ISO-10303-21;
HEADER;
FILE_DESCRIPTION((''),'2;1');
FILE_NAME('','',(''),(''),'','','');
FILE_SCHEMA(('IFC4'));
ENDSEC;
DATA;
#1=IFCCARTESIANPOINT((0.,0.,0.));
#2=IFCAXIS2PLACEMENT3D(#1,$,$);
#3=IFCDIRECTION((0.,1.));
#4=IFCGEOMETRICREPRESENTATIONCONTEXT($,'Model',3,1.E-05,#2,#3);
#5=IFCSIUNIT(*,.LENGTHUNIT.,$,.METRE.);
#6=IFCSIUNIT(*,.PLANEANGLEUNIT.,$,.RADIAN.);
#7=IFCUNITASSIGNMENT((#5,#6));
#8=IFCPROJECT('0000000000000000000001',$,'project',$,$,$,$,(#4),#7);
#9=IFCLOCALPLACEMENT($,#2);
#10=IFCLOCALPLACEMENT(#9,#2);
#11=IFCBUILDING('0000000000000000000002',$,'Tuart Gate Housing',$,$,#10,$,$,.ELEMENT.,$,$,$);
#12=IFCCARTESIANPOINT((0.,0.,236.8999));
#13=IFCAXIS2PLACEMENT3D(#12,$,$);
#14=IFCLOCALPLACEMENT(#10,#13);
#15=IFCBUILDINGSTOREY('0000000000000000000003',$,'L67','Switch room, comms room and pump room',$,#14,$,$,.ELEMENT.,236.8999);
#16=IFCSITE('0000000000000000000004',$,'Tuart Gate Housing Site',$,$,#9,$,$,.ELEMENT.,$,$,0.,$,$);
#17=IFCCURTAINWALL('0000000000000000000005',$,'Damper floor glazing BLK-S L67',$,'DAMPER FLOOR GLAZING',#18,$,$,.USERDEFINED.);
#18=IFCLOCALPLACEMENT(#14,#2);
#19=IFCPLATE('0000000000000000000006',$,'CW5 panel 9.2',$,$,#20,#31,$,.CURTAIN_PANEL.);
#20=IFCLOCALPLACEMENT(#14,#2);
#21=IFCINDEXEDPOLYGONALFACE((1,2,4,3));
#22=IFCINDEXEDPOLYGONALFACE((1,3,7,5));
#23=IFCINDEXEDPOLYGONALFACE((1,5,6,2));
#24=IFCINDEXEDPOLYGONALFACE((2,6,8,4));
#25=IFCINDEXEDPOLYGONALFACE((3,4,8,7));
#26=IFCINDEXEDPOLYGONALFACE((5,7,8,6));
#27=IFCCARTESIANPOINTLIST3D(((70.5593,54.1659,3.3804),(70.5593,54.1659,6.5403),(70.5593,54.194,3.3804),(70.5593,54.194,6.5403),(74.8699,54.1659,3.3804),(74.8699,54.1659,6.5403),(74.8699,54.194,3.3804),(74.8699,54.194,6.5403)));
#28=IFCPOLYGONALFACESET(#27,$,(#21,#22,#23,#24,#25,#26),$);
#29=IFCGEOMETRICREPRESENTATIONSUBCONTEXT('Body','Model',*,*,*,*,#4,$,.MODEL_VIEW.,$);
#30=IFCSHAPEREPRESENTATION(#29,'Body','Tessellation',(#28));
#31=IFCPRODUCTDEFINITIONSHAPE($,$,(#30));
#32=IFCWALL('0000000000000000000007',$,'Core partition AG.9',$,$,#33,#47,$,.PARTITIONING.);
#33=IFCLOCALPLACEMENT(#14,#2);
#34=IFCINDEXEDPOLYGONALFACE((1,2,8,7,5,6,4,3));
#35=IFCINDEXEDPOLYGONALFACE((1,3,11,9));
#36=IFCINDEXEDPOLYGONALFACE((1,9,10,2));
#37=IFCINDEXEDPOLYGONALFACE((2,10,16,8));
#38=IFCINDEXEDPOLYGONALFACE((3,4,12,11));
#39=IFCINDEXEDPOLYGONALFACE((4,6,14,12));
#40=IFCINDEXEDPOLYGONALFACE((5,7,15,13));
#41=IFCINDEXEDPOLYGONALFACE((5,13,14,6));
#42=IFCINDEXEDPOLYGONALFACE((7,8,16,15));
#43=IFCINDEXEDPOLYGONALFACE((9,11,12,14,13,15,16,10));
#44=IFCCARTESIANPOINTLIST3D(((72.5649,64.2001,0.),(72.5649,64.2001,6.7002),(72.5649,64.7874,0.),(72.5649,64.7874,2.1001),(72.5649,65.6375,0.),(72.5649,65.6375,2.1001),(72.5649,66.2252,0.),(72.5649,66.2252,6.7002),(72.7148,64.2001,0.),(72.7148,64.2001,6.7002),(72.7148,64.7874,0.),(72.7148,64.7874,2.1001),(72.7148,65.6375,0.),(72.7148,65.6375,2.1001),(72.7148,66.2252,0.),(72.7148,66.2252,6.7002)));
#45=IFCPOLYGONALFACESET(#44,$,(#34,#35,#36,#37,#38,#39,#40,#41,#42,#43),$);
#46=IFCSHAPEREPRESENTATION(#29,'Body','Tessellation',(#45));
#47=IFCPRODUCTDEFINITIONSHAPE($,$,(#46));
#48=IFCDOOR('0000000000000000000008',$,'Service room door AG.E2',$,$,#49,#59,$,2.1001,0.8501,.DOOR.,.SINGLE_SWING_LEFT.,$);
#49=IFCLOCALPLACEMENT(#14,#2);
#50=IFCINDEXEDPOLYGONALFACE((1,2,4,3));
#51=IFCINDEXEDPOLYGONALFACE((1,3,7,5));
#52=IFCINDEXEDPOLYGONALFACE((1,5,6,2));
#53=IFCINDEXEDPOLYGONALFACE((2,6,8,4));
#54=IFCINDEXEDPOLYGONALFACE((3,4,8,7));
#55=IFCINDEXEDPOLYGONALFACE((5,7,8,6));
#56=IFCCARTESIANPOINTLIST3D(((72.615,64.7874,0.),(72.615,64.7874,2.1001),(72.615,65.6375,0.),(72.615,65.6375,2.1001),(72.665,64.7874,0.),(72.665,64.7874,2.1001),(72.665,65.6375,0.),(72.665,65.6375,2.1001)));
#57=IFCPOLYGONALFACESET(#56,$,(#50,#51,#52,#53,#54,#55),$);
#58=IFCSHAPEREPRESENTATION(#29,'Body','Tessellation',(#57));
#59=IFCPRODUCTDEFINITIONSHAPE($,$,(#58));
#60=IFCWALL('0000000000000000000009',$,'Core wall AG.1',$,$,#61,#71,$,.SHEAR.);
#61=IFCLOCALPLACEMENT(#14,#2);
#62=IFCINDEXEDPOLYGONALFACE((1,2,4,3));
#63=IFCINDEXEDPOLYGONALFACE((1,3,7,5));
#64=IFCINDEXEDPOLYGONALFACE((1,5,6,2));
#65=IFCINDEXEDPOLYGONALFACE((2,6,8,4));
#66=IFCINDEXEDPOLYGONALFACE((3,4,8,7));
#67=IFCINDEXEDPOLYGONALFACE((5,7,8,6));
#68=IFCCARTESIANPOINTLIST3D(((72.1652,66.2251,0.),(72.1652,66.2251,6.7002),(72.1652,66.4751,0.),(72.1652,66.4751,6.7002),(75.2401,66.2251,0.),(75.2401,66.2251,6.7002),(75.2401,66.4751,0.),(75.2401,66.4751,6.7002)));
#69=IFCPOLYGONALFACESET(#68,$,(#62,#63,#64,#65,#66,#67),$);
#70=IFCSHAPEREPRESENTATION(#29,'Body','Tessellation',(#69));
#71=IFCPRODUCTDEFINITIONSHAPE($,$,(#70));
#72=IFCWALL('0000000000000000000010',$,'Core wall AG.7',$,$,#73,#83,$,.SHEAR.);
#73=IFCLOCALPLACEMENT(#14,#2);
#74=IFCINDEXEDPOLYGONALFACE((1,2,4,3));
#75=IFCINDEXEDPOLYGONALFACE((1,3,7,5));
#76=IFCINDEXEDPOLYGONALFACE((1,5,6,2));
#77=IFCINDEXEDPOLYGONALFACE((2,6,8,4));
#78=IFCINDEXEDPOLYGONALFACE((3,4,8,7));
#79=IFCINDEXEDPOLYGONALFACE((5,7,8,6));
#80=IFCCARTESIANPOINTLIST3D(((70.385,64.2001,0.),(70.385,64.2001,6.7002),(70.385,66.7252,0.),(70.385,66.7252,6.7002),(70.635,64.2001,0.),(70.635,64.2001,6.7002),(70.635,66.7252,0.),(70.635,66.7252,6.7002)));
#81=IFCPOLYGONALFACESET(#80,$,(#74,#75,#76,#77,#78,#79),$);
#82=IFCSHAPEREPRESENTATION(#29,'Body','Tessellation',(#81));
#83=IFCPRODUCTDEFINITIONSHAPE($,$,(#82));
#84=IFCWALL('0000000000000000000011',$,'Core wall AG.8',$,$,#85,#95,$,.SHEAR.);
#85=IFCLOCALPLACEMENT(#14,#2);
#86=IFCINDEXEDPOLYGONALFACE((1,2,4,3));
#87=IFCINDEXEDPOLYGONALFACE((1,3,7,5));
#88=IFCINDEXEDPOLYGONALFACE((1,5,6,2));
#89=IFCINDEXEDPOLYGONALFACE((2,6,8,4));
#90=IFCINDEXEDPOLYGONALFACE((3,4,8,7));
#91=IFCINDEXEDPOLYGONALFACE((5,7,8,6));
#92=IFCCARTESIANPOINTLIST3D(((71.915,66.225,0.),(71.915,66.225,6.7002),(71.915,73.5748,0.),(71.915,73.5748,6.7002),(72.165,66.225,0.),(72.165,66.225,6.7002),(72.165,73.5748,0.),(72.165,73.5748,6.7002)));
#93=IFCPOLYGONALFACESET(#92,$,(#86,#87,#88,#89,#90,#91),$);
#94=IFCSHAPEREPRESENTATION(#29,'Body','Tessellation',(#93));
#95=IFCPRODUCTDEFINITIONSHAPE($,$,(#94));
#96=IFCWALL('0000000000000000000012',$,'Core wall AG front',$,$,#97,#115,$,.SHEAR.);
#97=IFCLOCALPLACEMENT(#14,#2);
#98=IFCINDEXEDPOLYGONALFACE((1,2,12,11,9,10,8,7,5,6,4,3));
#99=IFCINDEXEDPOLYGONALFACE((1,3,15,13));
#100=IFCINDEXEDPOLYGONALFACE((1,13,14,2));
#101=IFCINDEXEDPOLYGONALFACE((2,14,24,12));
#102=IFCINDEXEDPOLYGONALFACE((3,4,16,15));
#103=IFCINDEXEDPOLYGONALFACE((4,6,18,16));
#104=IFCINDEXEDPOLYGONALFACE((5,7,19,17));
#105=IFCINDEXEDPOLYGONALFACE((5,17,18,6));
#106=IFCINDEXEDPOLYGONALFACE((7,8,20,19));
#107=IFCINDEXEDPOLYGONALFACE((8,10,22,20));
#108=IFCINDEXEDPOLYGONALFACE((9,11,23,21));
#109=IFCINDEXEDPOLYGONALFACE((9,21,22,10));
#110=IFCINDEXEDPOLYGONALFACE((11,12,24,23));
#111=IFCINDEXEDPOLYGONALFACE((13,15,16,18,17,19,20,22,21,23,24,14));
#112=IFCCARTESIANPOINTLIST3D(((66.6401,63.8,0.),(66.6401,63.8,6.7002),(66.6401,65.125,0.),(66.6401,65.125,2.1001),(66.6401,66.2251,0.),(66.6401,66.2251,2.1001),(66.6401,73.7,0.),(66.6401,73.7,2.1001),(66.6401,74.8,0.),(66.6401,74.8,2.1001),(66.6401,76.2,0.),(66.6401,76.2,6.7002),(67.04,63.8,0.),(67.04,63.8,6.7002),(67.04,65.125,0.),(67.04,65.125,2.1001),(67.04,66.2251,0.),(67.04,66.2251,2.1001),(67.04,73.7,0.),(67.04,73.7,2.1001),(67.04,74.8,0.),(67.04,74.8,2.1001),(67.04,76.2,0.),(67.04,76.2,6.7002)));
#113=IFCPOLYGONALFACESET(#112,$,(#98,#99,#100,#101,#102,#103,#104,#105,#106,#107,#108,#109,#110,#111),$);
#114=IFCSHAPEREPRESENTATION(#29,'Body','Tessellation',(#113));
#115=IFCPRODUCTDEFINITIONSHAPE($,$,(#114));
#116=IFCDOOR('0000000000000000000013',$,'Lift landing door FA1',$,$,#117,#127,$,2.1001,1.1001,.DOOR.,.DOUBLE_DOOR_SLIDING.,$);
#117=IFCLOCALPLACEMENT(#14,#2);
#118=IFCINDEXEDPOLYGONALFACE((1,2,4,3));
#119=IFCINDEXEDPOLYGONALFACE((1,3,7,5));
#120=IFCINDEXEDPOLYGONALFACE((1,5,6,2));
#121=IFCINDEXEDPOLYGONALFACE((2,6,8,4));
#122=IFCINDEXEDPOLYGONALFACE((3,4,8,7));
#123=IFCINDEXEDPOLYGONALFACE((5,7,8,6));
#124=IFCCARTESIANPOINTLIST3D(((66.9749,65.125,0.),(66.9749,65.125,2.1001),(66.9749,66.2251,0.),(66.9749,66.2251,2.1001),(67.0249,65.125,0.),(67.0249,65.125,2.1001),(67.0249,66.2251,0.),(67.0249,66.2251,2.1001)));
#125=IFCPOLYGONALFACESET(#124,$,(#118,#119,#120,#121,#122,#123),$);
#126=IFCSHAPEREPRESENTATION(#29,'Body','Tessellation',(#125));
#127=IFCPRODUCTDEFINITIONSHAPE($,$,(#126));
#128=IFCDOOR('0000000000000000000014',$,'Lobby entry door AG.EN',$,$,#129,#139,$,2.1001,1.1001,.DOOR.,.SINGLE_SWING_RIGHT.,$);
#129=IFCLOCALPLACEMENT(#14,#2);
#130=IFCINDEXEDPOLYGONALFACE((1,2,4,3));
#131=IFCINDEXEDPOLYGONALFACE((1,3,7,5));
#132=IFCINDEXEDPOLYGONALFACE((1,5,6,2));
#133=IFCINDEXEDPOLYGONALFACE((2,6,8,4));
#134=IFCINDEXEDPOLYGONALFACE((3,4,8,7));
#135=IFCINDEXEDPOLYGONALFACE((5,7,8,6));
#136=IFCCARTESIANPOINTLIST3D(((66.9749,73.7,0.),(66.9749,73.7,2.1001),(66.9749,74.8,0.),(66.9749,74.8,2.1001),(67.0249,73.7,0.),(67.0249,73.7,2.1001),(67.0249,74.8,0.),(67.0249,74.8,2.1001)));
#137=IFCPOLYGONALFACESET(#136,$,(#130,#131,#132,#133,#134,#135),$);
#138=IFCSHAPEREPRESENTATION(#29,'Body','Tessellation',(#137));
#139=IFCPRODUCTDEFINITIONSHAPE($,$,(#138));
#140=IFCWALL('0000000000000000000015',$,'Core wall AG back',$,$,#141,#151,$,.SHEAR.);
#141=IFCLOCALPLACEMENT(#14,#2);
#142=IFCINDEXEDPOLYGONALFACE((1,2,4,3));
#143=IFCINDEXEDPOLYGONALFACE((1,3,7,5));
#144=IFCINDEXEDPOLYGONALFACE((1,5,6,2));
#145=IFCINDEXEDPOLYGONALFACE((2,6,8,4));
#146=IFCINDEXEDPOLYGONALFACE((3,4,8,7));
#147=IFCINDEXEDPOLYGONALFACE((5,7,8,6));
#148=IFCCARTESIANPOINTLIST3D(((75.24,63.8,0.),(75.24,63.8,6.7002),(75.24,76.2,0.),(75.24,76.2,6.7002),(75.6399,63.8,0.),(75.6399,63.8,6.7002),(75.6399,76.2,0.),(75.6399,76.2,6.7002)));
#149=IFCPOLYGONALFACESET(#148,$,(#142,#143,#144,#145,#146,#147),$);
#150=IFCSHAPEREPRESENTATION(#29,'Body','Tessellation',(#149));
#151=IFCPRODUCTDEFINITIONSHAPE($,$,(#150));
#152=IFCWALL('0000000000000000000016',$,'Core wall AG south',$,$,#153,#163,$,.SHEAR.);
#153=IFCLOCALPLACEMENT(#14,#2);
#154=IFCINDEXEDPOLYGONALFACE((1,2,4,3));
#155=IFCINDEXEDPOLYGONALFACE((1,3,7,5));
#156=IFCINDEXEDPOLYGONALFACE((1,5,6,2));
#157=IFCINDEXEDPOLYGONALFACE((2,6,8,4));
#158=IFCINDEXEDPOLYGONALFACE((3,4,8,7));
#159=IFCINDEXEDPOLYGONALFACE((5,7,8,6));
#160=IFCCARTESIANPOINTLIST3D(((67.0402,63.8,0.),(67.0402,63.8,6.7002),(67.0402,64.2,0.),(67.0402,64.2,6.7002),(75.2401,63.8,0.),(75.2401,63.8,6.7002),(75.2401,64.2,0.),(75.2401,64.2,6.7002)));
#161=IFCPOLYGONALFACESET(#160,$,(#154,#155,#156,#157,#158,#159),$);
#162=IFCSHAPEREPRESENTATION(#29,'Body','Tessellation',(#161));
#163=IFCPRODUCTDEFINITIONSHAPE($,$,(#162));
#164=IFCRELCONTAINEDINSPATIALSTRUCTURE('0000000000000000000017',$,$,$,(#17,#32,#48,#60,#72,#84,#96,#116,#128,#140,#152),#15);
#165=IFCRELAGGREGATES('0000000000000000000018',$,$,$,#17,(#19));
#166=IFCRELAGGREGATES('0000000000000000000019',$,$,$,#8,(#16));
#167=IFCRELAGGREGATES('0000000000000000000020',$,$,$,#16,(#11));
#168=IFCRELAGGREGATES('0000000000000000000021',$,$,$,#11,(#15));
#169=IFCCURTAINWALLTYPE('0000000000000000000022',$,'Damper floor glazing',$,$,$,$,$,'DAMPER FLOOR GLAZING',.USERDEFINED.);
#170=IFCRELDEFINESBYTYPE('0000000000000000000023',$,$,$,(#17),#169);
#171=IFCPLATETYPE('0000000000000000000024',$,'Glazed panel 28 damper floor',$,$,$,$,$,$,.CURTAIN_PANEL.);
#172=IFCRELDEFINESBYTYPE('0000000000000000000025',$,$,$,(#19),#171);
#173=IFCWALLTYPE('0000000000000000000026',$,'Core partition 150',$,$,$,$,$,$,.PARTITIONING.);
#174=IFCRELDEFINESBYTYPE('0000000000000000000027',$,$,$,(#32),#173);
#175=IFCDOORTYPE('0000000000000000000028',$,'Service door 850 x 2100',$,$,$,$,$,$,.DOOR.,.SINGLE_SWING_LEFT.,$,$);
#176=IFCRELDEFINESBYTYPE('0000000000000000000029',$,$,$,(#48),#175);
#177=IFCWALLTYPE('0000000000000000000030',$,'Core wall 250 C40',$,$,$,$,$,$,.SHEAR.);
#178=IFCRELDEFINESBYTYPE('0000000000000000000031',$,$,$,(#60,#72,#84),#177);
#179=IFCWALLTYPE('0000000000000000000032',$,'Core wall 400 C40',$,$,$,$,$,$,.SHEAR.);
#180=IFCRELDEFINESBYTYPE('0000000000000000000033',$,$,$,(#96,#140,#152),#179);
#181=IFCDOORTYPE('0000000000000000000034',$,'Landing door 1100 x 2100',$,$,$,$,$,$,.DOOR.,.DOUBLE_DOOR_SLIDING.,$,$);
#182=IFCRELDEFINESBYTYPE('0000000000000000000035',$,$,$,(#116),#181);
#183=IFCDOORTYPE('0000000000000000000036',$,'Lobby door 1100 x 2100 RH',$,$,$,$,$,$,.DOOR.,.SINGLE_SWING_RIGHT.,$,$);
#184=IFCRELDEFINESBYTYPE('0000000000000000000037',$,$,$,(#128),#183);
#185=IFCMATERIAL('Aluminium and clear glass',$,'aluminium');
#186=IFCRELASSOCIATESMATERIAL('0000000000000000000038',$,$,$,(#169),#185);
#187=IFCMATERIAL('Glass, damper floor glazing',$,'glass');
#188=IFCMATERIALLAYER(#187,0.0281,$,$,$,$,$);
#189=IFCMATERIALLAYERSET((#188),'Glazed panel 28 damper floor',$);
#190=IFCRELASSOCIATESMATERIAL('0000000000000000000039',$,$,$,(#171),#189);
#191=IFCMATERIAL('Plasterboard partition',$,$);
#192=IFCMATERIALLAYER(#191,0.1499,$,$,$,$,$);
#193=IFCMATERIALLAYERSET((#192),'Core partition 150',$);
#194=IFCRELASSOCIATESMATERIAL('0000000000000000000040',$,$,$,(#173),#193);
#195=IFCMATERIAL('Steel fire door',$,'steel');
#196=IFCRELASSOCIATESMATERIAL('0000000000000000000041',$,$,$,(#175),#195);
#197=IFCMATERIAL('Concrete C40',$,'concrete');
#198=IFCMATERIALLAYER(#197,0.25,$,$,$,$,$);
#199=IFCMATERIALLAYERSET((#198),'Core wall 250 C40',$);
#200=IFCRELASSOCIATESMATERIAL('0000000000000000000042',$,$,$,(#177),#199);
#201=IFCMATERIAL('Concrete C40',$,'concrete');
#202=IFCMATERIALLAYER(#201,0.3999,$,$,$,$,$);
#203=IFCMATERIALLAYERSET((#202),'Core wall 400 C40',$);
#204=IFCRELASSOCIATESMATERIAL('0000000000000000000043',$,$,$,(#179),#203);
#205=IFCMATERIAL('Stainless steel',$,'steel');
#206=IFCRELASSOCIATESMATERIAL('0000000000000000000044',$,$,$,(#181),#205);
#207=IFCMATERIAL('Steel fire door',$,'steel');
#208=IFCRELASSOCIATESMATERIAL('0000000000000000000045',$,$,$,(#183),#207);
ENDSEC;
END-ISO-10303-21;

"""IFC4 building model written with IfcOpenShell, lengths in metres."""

from ifc_helpers import new_model, si_unit, direction, frame, frame_2d, origin, origin_2d, place, context, subcontext, project, spatial, rectangle, extrude, material, layer, layer_set, type_object, element, fill, aggregate, save


model = new_model("IFC4")

# Units and contexts
model_context = context("Model", 3, precision=1e-05, world=origin(), true_north=direction((0.0, 1.0)))
body_context = subcontext(model_context, "Body", "Model", "MODEL_VIEW")
ifc_project = project(units=[si_unit("LENGTHUNIT", "METRE"), si_unit("PLANEANGLEUNIT", "RADIAN")], contexts=[model_context])

# Site, building, storey
site_placement = place(None, origin())
site = spatial("IfcSite", under=ifc_project, at=site_placement, Name="Tuart Gate Housing Site", CompositionType="ELEMENT", RefElevation=0.0)
building_placement = place(site_placement, origin())
building = spatial("IfcBuilding", under=site, at=building_placement, Name="Tuart Gate Housing", CompositionType="ELEMENT")
storey_placement = place(building_placement, frame((0.0, 0.0, 236.8999)))
storey = spatial("IfcBuildingStorey", under=building, at=storey_placement, Name="L67", Description="Switch room, comms room and pump room", CompositionType="ELEMENT", Elevation=236.8999)

# Curtain wall, plate
ifc_material_1 = material(Name="Aluminium and clear glass", Category="aluminium")
curtain_wall_type = type_object("IfcCurtainWallType", Name="Damper floor glazing", ElementType="DAMPER FLOOR GLAZING", PredefinedType="USERDEFINED", material=ifc_material_1)
curtain_wall_placement = place(storey_placement, origin())
curtain_wall = element("IfcCurtainWall", 1, at=curtain_wall_placement, inside=storey, type_object=curtain_wall_type, Name="Damper floor glazing BLK-S L67", ObjectType="DAMPER FLOOR GLAZING", PredefinedType="USERDEFINED")
ifc_material_2 = material(Name="Glass, damper floor glazing", Category="glass")
ifc_layer_1 = layer(ifc_material_2, 0.0281)
ifc_layer_set_1 = layer_set([ifc_layer_1], Name="Glazed panel 28 damper floor")
plate_type = type_object("IfcPlateType", Name="Glazed panel 28 damper floor", PredefinedType="CURTAIN_PANEL", material=ifc_layer_set_1)
plate_1_placement = place(storey_placement, frame((72.7146, 54.1799, 3.3804), z_axis=(0.0, 0.0, 1.0), x_axis=(1.0, 0.0, 0.0)))
plate_1 = element("IfcPlate", 2, at=plate_1_placement, type_object=plate_type, Name="CW5 panel 9.2", PredefinedType="CURTAIN_PANEL", context=body_context, shape_type="SweptSolid", body=[
    extrude(rectangle(XDim=4.3105, YDim=0.0281, at=origin_2d()), origin(), (0.0, 0.0, 1.0), 3.1599),
])
aggregate(curtain_wall, [plate_1])

# Wall, opening, door
ifc_material_3 = material(Name="Plasterboard partition")
ifc_layer_2 = layer(ifc_material_3, 0.1499)
ifc_layer_set_2 = layer_set([ifc_layer_2], Name="Core partition 150")
wall_type_1 = type_object("IfcWallType", Name="Core partition 150", PredefinedType="PARTITIONING", material=ifc_layer_set_2)
wall_1_placement = place(storey_placement, frame((72.6399, 64.2, 0.0), z_axis=(0.0, 0.0, 1.0), x_axis=(0.0, 1.0, 0.0)))
wall_1 = element("IfcWall", 3, at=wall_1_placement, inside=storey, type_object=wall_type_1, Name="Core partition AG.9", PredefinedType="PARTITIONING", context=body_context, shape_type="SweptSolid", body=[
    extrude(rectangle(XDim=2.0251, YDim=0.1499, at=frame_2d((1.0127, 0.0))), origin(), (0.0, 0.0, 1.0), 6.7002),
])
opening_1_placement = place(wall_1_placement, frame((0.5874, 0.0, 0.0)))
opening_1 = element("IfcOpeningElement", 4, at=opening_1_placement, cuts=wall_1, PredefinedType="OPENING", context=body_context, shape_type="SweptSolid", body=[
    extrude(rectangle(XDim=0.8501, YDim=2.1001, at=frame_2d((0.425, 1.05))), frame((0.0, 0.085, 0.0), z_axis=(0.0, -1.0, 0.0), x_axis=(1.0, 0.0, 0.0)), (0.0, 0.0, 1.0), 0.1699),
])
ifc_material_4 = material(Name="Steel fire door", Category="steel")
door_type_1 = type_object("IfcDoorType", Name="Service door 850 x 2100", OperationType="SINGLE_SWING_LEFT", PredefinedType="DOOR", material=ifc_material_4)
door_1_placement = place(opening_1_placement, origin())
door_1 = element("IfcDoor", 5, at=door_1_placement, inside=storey, type_object=door_type_1, Name="Service room door AG.E2", OperationType="SINGLE_SWING_LEFT", OverallHeight=2.1001, OverallWidth=0.8501, PredefinedType="DOOR", context=body_context, shape_type="SweptSolid", body=[
    extrude(rectangle(XDim=0.8501, YDim=2.1001, at=frame_2d((0.425, 1.05))), frame((0.0, 0.0249, 0.0), z_axis=(0.0, -1.0, 0.0), x_axis=(1.0, 0.0, 0.0)), (0.0, 0.0, 1.0), 0.05),
])
fill(opening_1, door_1)

# Walls
ifc_material_5 = material(Name="Concrete C40", Category="concrete")
ifc_layer_3 = layer(ifc_material_5, 0.25)
ifc_layer_set_3 = layer_set([ifc_layer_3], Name="Core wall 250 C40")
wall_type_2 = type_object("IfcWallType", Name="Core wall 250 C40", PredefinedType="SHEAR", material=ifc_layer_set_3)
wall_2_placement = place(storey_placement, frame((72.165, 66.3501, 0.0), z_axis=(0.0, 0.0, 1.0), x_axis=(1.0, 0.0, 0.0)))
element("IfcWall", 6, at=wall_2_placement, inside=storey, type_object=wall_type_2, Name="Core wall AG.1", PredefinedType="SHEAR", context=body_context, shape_type="SweptSolid", body=[
    extrude(rectangle(XDim=3.075, YDim=0.25, at=frame_2d((1.5376, 0.0))), origin(), (0.0, 0.0, 1.0), 6.7002),
])
wall_3_placement = place(storey_placement, frame((70.51, 64.2, 0.0), z_axis=(0.0, 0.0, 1.0), x_axis=(0.0, 1.0, 0.0)))
element("IfcWall", 7, at=wall_3_placement, inside=storey, type_object=wall_type_2, Name="Core wall AG.7", PredefinedType="SHEAR", context=body_context, shape_type="SweptSolid", body=[
    extrude(rectangle(XDim=2.5251, YDim=0.25, at=frame_2d((1.2627, 0.0))), origin(), (0.0, 0.0, 1.0), 6.7002),
])
wall_4_placement = place(storey_placement, frame((72.04, 66.2251, 0.0), z_axis=(0.0, 0.0, 1.0), x_axis=(0.0, 1.0, 0.0)))
element("IfcWall", 8, at=wall_4_placement, inside=storey, type_object=wall_type_2, Name="Core wall AG.8", PredefinedType="SHEAR", context=body_context, shape_type="SweptSolid", body=[
    extrude(rectangle(XDim=7.3499, YDim=0.25, at=frame_2d((3.6748, 0.0))), origin(), (0.0, 0.0, 1.0), 6.7002),
])

# Wall, openings, doors
ifc_material_6 = material(Name="Concrete C40", Category="concrete")
ifc_layer_4 = layer(ifc_material_6, 0.3999)
ifc_layer_set_4 = layer_set([ifc_layer_4], Name="Core wall 400 C40")
wall_type_3 = type_object("IfcWallType", Name="Core wall 400 C40", PredefinedType="SHEAR", material=ifc_layer_set_4)
wall_5_placement = place(storey_placement, frame((66.8401, 63.8, 0.0), z_axis=(0.0, 0.0, 1.0), x_axis=(0.0, 1.0, 0.0)))
wall_5 = element("IfcWall", 9, at=wall_5_placement, inside=storey, type_object=wall_type_3, Name="Core wall AG front", PredefinedType="SHEAR", context=body_context, shape_type="SweptSolid", body=[
    extrude(rectangle(XDim=12.3999, YDim=0.3999, at=frame_2d((6.2, 0.0))), origin(), (0.0, 0.0, 1.0), 6.7002),
])
opening_2_placement = place(wall_5_placement, frame((1.325, 0.0, 0.0)))
opening_2 = element("IfcOpeningElement", 10, at=opening_2_placement, cuts=wall_5, PredefinedType="OPENING", context=body_context, shape_type="SweptSolid", body=[
    extrude(rectangle(XDim=1.1001, YDim=2.1001, at=frame_2d((0.55, 1.05))), frame((0.0, 0.21, 0.0), z_axis=(0.0, -1.0, 0.0), x_axis=(1.0, 0.0, 0.0)), (0.0, 0.0, 1.0), 0.4199),
])
opening_3_placement = place(wall_5_placement, frame((9.8999, 0.0, 0.0)))
opening_3 = element("IfcOpeningElement", 11, at=opening_3_placement, cuts=wall_5, PredefinedType="OPENING", context=body_context, shape_type="SweptSolid", body=[
    extrude(rectangle(XDim=1.1001, YDim=2.1001, at=frame_2d((0.55, 1.05))), frame((0.0, 0.21, 0.0), z_axis=(0.0, -1.0, 0.0), x_axis=(1.0, 0.0, 0.0)), (0.0, 0.0, 1.0), 0.4199),
])
ifc_material_7 = material(Name="Stainless steel", Category="steel")
door_type_2 = type_object("IfcDoorType", Name="Landing door 1100 x 2100", OperationType="DOUBLE_DOOR_SLIDING", PredefinedType="DOOR", material=ifc_material_7)
door_2_placement = place(opening_2_placement, origin())
door_2 = element("IfcDoor", 12, at=door_2_placement, inside=storey, type_object=door_type_2, Name="Lift landing door FA1", OperationType="DOUBLE_DOOR_SLIDING", OverallHeight=2.1001, OverallWidth=1.1001, PredefinedType="DOOR", context=body_context, shape_type="SweptSolid", body=[
    extrude(rectangle(XDim=1.1001, YDim=2.1001, at=frame_2d((0.55, 1.05))), frame((0.0, -0.1348, 0.0), z_axis=(0.0, -1.0, 0.0), x_axis=(1.0, 0.0, 0.0)), (0.0, 0.0, 1.0), 0.05),
])
fill(opening_2, door_2)
ifc_material_8 = material(Name="Steel fire door", Category="steel")
door_type_3 = type_object("IfcDoorType", Name="Lobby door 1100 x 2100 RH", OperationType="SINGLE_SWING_RIGHT", PredefinedType="DOOR", material=ifc_material_8)
door_3_placement = place(opening_3_placement, frame((1.1001, 0.0, 0.0), z_axis=(0.0, 0.0, 1.0), x_axis=(-1.0, 0.0, 0.0)))
door_3 = element("IfcDoor", 13, at=door_3_placement, inside=storey, type_object=door_type_3, Name="Lobby entry door AG.EN", OperationType="SINGLE_SWING_RIGHT", OverallHeight=2.1001, OverallWidth=1.1001, PredefinedType="DOOR", context=body_context, shape_type="SweptSolid", body=[
    extrude(rectangle(XDim=1.1001, YDim=2.1001, at=frame_2d((0.55, 1.05))), frame((0.0, 0.1848, 0.0), z_axis=(0.0, -1.0, 0.0), x_axis=(1.0, 0.0, 0.0)), (0.0, 0.0, 1.0), 0.05),
])
fill(opening_3, door_3)

# Walls
wall_6_placement = place(storey_placement, frame((75.4399, 63.8, 0.0), z_axis=(0.0, 0.0, 1.0), x_axis=(0.0, 1.0, 0.0)))
element("IfcWall", 14, at=wall_6_placement, inside=storey, type_object=wall_type_3, Name="Core wall AG back", PredefinedType="SHEAR", context=body_context, shape_type="SweptSolid", body=[
    extrude(rectangle(XDim=12.3999, YDim=0.3999, at=frame_2d((6.2, 0.0))), origin(), (0.0, 0.0, 1.0), 6.7002),
])
wall_7_placement = place(storey_placement, frame((67.04, 64.0, 0.0), z_axis=(0.0, 0.0, 1.0), x_axis=(1.0, 0.0, 0.0)))
element("IfcWall", 15, at=wall_7_placement, inside=storey, type_object=wall_type_3, Name="Core wall AG south", PredefinedType="SHEAR", context=body_context, shape_type="SweptSolid", body=[
    extrude(rectangle(XDim=8.2, YDim=0.3999, at=frame_2d((4.1001, 0.0))), origin(), (0.0, 0.0, 1.0), 6.7002),
])

save(model, "model.ifc")
